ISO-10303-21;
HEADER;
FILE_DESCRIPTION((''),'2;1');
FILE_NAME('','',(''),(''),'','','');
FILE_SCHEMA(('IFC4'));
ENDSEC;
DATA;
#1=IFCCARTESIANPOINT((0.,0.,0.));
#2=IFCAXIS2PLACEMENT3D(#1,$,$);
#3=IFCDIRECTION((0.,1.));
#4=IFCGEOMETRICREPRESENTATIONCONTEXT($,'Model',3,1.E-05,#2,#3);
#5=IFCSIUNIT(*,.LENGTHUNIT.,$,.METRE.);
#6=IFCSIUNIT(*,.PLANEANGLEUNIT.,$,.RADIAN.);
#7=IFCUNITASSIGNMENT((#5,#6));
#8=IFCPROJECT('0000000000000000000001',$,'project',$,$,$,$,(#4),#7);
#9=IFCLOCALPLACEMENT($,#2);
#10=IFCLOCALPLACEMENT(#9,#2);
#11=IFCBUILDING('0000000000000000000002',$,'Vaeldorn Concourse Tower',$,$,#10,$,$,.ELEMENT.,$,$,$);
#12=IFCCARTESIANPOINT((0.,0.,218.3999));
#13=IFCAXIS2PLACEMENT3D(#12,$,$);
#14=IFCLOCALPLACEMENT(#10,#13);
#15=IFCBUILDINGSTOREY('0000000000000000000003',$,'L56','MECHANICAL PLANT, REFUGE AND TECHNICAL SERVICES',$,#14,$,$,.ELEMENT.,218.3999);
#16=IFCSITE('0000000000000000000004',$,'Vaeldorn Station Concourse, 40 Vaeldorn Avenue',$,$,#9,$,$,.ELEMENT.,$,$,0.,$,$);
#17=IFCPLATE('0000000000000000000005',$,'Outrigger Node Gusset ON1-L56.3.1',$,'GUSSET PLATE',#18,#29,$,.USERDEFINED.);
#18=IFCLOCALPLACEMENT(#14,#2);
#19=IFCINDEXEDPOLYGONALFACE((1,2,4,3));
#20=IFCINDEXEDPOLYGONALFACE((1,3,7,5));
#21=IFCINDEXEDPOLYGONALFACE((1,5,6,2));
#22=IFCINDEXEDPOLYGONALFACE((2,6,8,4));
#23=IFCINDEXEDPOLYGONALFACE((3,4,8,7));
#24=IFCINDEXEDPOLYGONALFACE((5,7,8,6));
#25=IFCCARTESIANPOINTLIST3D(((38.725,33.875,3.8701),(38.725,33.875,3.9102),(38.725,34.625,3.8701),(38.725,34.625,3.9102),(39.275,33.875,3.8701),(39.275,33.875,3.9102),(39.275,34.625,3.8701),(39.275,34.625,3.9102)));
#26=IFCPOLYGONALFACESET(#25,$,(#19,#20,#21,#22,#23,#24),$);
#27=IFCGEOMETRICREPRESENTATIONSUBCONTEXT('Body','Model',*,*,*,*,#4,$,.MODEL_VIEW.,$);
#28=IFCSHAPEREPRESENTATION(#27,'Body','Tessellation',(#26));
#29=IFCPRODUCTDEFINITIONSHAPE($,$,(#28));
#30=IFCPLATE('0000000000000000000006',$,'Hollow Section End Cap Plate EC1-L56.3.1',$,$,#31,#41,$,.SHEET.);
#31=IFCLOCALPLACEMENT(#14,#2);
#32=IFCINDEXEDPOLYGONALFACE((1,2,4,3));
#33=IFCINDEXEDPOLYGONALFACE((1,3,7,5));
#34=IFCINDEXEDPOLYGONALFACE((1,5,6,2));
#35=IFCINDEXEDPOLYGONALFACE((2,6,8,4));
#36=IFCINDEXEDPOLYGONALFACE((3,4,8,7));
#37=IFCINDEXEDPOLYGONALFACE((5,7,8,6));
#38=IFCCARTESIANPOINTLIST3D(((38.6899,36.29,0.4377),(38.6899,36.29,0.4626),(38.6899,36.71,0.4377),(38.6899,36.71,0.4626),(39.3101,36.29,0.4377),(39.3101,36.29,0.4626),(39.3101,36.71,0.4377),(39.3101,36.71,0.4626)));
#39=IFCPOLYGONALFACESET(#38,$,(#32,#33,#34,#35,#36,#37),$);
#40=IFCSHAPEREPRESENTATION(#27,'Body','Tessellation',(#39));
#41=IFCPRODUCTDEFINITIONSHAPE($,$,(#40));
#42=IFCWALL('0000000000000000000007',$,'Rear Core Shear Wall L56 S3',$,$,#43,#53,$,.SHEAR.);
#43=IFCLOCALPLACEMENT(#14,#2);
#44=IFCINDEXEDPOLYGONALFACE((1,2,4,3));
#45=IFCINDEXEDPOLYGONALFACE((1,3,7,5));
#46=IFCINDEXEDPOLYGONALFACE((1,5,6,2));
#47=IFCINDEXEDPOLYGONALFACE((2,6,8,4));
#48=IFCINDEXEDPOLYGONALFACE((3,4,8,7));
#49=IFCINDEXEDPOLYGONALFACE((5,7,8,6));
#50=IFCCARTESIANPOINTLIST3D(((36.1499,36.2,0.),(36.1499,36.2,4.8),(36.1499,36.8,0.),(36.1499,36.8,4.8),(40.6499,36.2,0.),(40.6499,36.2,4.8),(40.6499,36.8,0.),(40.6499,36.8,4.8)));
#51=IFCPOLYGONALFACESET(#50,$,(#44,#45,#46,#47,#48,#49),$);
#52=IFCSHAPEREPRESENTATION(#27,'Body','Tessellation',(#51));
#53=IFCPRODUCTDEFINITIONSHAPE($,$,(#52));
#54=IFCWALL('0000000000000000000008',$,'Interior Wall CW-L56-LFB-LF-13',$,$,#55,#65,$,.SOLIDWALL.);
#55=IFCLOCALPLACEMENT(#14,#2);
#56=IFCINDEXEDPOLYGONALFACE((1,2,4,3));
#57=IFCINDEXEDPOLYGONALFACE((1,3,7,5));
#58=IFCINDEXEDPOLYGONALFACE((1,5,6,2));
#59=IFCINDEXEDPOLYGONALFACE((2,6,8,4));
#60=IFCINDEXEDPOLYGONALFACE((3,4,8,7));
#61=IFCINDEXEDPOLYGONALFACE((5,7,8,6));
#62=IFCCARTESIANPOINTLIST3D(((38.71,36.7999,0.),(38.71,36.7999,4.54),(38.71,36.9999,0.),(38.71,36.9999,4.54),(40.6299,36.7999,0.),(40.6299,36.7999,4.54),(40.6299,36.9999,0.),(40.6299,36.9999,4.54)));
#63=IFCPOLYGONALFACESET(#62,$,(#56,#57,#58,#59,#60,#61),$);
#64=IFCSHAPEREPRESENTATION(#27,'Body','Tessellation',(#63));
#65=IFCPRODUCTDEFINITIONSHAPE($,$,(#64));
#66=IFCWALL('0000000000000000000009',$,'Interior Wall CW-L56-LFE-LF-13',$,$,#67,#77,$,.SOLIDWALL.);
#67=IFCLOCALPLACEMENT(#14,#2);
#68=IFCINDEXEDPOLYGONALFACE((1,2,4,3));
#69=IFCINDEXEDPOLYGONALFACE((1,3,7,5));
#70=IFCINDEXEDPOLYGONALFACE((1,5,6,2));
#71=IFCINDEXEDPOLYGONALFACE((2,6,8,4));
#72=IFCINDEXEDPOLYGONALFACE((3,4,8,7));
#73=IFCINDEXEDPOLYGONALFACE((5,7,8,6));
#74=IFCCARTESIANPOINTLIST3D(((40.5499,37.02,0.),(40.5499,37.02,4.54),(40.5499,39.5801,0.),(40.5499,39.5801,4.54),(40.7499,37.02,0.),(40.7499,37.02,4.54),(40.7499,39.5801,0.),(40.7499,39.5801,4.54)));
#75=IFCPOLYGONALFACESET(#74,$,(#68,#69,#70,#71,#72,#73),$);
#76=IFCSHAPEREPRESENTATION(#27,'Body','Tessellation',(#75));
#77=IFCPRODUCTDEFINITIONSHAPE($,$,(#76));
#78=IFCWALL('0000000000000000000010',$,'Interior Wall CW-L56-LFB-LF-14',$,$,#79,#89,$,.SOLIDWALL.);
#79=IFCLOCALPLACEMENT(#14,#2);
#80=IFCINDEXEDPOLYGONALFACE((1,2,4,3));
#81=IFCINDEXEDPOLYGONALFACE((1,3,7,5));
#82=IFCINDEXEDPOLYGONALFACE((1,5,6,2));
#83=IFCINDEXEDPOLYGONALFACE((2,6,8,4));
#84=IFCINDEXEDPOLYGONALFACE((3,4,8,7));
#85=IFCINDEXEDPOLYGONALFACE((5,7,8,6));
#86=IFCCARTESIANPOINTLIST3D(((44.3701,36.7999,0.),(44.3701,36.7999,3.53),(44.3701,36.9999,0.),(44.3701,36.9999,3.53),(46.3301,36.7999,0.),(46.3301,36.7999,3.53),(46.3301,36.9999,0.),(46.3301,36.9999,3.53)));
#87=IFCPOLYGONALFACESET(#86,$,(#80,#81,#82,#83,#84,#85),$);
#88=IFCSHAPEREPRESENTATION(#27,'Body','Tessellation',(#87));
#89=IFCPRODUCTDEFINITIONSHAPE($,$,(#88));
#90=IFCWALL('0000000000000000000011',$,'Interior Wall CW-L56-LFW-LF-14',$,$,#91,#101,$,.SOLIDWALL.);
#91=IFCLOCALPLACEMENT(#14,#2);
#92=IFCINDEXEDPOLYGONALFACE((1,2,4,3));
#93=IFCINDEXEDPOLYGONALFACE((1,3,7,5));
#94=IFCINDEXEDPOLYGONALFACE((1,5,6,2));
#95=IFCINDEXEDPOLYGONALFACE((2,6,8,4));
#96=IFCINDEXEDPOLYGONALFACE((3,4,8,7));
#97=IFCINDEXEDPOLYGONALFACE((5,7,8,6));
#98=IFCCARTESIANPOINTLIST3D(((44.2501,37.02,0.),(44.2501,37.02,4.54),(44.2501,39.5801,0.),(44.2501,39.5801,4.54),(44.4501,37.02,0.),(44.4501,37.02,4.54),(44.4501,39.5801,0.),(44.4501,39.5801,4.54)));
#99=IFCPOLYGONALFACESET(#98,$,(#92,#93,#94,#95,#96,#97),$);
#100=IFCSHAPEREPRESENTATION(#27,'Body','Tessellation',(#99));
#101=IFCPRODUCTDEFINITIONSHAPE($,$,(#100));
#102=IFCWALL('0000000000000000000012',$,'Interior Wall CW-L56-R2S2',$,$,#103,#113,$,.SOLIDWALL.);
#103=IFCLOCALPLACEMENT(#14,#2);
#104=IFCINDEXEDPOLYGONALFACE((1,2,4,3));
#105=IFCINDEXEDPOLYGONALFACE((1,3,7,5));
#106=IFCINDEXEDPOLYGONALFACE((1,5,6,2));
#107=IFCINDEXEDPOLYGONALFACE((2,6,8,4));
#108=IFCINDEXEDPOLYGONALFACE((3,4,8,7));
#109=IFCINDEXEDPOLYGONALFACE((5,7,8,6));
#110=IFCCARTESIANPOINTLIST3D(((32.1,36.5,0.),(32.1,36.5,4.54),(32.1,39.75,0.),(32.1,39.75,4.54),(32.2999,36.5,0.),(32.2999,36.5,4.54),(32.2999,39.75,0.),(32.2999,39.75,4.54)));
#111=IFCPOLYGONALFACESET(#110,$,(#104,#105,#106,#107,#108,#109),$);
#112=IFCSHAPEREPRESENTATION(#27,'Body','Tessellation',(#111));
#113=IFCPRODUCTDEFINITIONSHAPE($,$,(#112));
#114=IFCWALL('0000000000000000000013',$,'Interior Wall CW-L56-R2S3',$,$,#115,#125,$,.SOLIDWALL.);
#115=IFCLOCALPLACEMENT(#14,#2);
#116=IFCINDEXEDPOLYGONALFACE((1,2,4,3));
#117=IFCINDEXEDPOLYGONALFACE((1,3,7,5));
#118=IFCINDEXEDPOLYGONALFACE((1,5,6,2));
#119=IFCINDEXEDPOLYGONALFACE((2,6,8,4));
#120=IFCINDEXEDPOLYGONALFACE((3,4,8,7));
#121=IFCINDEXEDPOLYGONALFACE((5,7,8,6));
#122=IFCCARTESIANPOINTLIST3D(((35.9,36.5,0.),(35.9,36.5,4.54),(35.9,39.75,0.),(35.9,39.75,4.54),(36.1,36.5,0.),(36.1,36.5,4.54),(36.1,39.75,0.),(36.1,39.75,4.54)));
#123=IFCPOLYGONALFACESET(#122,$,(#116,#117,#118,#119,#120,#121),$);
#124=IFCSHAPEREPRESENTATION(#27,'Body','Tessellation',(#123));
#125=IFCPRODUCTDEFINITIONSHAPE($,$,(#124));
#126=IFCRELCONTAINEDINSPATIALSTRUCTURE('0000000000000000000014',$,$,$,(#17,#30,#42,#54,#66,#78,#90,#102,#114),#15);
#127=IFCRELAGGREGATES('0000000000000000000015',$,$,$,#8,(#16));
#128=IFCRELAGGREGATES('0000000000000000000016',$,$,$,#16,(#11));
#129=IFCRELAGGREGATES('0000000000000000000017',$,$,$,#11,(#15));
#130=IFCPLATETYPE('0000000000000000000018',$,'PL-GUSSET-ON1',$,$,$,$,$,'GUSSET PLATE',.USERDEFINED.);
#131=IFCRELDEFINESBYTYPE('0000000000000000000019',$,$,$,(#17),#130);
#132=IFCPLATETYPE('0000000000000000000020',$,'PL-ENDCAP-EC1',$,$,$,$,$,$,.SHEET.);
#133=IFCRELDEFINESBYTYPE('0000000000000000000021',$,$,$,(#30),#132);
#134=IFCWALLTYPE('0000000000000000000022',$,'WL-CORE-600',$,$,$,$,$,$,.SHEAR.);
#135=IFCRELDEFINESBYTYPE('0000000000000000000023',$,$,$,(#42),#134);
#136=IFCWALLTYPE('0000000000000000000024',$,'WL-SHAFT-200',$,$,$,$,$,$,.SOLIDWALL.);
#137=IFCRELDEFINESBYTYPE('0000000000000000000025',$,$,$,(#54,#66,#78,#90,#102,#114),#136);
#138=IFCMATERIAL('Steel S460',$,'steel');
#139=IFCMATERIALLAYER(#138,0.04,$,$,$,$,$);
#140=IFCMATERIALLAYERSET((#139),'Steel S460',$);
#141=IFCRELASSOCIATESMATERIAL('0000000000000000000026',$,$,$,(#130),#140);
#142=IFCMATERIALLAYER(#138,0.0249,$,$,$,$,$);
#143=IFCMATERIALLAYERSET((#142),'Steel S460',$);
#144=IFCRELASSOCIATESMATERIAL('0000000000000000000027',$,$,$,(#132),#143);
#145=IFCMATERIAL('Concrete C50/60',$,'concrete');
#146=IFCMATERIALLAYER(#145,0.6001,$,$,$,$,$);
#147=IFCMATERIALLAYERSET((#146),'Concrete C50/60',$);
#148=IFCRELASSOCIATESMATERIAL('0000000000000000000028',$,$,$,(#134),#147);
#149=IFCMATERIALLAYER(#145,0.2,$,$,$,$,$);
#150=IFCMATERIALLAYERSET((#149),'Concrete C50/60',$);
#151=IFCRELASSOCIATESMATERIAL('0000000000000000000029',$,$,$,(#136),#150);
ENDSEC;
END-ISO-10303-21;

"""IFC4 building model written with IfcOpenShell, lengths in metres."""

from ifc_helpers import new_model, si_unit, direction, frame, frame_2d, origin, origin_2d, place, context, subcontext, project, spatial, rectangle, extrude, source, transform, mapped, material, layer, layer_set, type_object, element, save


model = new_model("IFC4")

# Units and contexts
model_context = context("Model", 3, precision=1e-05, world=origin(), true_north=direction((0.0, 1.0)))
body_context = subcontext(model_context, "Body", "Model", "MODEL_VIEW")
ifc_project = project(units=[si_unit("LENGTHUNIT", "METRE"), si_unit("PLANEANGLEUNIT", "RADIAN")], contexts=[model_context])

# Site, building, storey
site_placement = place(None, origin())
site = spatial("IfcSite", under=ifc_project, at=site_placement, Name="Vaeldorn Station Concourse, 40 Vaeldorn Avenue", CompositionType="ELEMENT", RefElevation=0.0)
building_placement = place(site_placement, origin())
building = spatial("IfcBuilding", under=site, at=building_placement, Name="Vaeldorn Concourse Tower", CompositionType="ELEMENT")
storey_placement = place(building_placement, frame((0.0, 0.0, 218.3999)))
storey = spatial("IfcBuildingStorey", under=building, at=storey_placement, Name="L56", Description="MECHANICAL PLANT, REFUGE AND TECHNICAL SERVICES", CompositionType="ELEMENT", Elevation=218.3999)

# Shared definitions
ifc_material_1 = material(Name="Steel S460", Category="steel")

# Shared definitions
ifc_material_2 = material(Name="Concrete C50/60", Category="concrete")

# Plates
ifc_layer_1 = layer(ifc_material_1, 0.04)
ifc_layer_set_1 = layer_set([ifc_layer_1], Name="Steel S460")
plate_type_1 = type_object("IfcPlateType", Name="PL-GUSSET-ON1", ElementType="GUSSET PLATE", PredefinedType="USERDEFINED", material=ifc_layer_set_1)
shared_shape_1 = source(origin(), body_context, "Body", "SweptSolid", [
    extrude(rectangle(XDim=0.75, YDim=0.55, at=origin_2d()), origin(), (0.0, 0.0, 1.0), 0.04),
])
plate_1_placement = place(storey_placement, frame((39.0, 34.25, 3.8701), z_axis=(0.0, 0.0, 1.0), x_axis=(0.0, 1.0, 0.0)))
element("IfcPlate", 1, at=plate_1_placement, inside=storey, type_object=plate_type_1, Name="Outrigger Node Gusset ON1-L56.3.1", ObjectType="GUSSET PLATE", PredefinedType="USERDEFINED", context=body_context, shape_type="MappedRepresentation", body=[
    mapped(shared_shape_1, transform((0.0, 0.0, 0.0), scale=1.0)),
])
ifc_layer_2 = layer(ifc_material_1, 0.0249)
ifc_layer_set_2 = layer_set([ifc_layer_2], Name="Steel S460")
plate_type_2 = type_object("IfcPlateType", Name="PL-ENDCAP-EC1", PredefinedType="SHEET", material=ifc_layer_set_2)
shared_shape_2 = source(origin(), body_context, "Body", "SweptSolid", [
    extrude(rectangle(XDim=0.6201, YDim=0.4199, at=origin_2d()), origin(), (0.0, 0.0, 1.0), 0.0249),
])
plate_2_placement = place(storey_placement, frame((39.0, 36.5, 0.4377), z_axis=(0.0, 0.0, 1.0), x_axis=(1.0, 0.0, 0.0)))
element("IfcPlate", 2, at=plate_2_placement, inside=storey, type_object=plate_type_2, Name="Hollow Section End Cap Plate EC1-L56.3.1", PredefinedType="SHEET", context=body_context, shape_type="MappedRepresentation", body=[
    mapped(shared_shape_2, transform((0.0, 0.0, 0.0), scale=1.0)),
])

# Wall
ifc_layer_3 = layer(ifc_material_2, 0.6001)
ifc_layer_set_3 = layer_set([ifc_layer_3], Name="Concrete C50/60")
wall_type_1 = type_object("IfcWallType", Name="WL-CORE-600", PredefinedType="SHEAR", material=ifc_layer_set_3)
wall_1_placement = place(storey_placement, frame((36.1499, 36.5, 0.0), z_axis=(0.0, 0.0, 1.0), x_axis=(1.0, 0.0, 0.0)))
element("IfcWall", 3, at=wall_1_placement, inside=storey, type_object=wall_type_1, Name="Rear Core Shear Wall L56 S3", PredefinedType="SHEAR", context=body_context, shape_type="SweptSolid", body=[
    extrude(rectangle(XDim=4.5, YDim=0.6001, at=frame_2d((2.25, 0.0))), origin(), (0.0, 0.0, 1.0), 4.8),
])

# Shared definitions
ifc_layer_4 = layer(ifc_material_2, 0.2)
ifc_layer_set_4 = layer_set([ifc_layer_4], Name="Concrete C50/60")
wall_type_2 = type_object("IfcWallType", Name="WL-SHAFT-200", PredefinedType="SOLIDWALL", material=ifc_layer_set_4)

# Walls
wall_2_placement = place(storey_placement, frame((38.71, 36.8999, 0.0), z_axis=(0.0, 0.0, 1.0), x_axis=(1.0, 0.0, 0.0)))
element("IfcWall", 4, at=wall_2_placement, inside=storey, type_object=wall_type_2, Name="Interior Wall CW-L56-LFB-LF-13", PredefinedType="SOLIDWALL", context=body_context, shape_type="SweptSolid", body=[
    extrude(rectangle(XDim=1.9199, YDim=0.2, at=frame_2d((0.96, 0.0))), origin(), (0.0, 0.0, 1.0), 4.54),
])
wall_3_placement = place(storey_placement, frame((40.6499, 37.02, 0.0), z_axis=(0.0, 0.0, 1.0), x_axis=(0.0, 1.0, 0.0)))
element("IfcWall", 5, at=wall_3_placement, inside=storey, type_object=wall_type_2, Name="Interior Wall CW-L56-LFE-LF-13", PredefinedType="SOLIDWALL", context=body_context, shape_type="SweptSolid", body=[
    extrude(rectangle(XDim=2.5601, YDim=0.2, at=frame_2d((1.28, 0.0))), origin(), (0.0, 0.0, 1.0), 4.54),
])
wall_4_placement = place(storey_placement, frame((44.3701, 36.8999, 0.0), z_axis=(0.0, 0.0, 1.0), x_axis=(1.0, 0.0, 0.0)))
element("IfcWall", 6, at=wall_4_placement, inside=storey, type_object=wall_type_2, Name="Interior Wall CW-L56-LFB-LF-14", PredefinedType="SOLIDWALL", context=body_context, shape_type="SweptSolid", body=[
    extrude(rectangle(XDim=1.96, YDim=0.2, at=frame_2d((0.98, 0.0))), origin(), (0.0, 0.0, 1.0), 3.53),
])
wall_5_placement = place(storey_placement, frame((44.3501, 37.02, 0.0), z_axis=(0.0, 0.0, 1.0), x_axis=(0.0, 1.0, 0.0)))
element("IfcWall", 7, at=wall_5_placement, inside=storey, type_object=wall_type_2, Name="Interior Wall CW-L56-LFW-LF-14", PredefinedType="SOLIDWALL", context=body_context, shape_type="SweptSolid", body=[
    extrude(rectangle(XDim=2.5601, YDim=0.2, at=frame_2d((1.28, 0.0))), origin(), (0.0, 0.0, 1.0), 4.54),
])
for number, where, z_axis, x_axis, name in (
    (8, (32.2, 36.5, 0.0), (0.0, 0.0, 1.0), (0.0, 1.0, 0.0), "Interior Wall CW-L56-R2S2"),
    (9, (36.0, 36.5, 0.0), (0.0, 0.0, 1.0), (0.0, 1.0, 0.0), "Interior Wall CW-L56-R2S3"),
):
    element("IfcWall", number, at=place(storey_placement, frame(where, z_axis=z_axis, x_axis=x_axis)), inside=storey, type_object=wall_type_2, Name=name, PredefinedType="SOLIDWALL", context=body_context, shape_type="SweptSolid", body=[
        extrude(rectangle(XDim=3.25, YDim=0.2, at=frame_2d((1.625, 0.0))), origin(), (0.0, 0.0, 1.0), 4.54),
    ])

save(model, "model.ifc")
